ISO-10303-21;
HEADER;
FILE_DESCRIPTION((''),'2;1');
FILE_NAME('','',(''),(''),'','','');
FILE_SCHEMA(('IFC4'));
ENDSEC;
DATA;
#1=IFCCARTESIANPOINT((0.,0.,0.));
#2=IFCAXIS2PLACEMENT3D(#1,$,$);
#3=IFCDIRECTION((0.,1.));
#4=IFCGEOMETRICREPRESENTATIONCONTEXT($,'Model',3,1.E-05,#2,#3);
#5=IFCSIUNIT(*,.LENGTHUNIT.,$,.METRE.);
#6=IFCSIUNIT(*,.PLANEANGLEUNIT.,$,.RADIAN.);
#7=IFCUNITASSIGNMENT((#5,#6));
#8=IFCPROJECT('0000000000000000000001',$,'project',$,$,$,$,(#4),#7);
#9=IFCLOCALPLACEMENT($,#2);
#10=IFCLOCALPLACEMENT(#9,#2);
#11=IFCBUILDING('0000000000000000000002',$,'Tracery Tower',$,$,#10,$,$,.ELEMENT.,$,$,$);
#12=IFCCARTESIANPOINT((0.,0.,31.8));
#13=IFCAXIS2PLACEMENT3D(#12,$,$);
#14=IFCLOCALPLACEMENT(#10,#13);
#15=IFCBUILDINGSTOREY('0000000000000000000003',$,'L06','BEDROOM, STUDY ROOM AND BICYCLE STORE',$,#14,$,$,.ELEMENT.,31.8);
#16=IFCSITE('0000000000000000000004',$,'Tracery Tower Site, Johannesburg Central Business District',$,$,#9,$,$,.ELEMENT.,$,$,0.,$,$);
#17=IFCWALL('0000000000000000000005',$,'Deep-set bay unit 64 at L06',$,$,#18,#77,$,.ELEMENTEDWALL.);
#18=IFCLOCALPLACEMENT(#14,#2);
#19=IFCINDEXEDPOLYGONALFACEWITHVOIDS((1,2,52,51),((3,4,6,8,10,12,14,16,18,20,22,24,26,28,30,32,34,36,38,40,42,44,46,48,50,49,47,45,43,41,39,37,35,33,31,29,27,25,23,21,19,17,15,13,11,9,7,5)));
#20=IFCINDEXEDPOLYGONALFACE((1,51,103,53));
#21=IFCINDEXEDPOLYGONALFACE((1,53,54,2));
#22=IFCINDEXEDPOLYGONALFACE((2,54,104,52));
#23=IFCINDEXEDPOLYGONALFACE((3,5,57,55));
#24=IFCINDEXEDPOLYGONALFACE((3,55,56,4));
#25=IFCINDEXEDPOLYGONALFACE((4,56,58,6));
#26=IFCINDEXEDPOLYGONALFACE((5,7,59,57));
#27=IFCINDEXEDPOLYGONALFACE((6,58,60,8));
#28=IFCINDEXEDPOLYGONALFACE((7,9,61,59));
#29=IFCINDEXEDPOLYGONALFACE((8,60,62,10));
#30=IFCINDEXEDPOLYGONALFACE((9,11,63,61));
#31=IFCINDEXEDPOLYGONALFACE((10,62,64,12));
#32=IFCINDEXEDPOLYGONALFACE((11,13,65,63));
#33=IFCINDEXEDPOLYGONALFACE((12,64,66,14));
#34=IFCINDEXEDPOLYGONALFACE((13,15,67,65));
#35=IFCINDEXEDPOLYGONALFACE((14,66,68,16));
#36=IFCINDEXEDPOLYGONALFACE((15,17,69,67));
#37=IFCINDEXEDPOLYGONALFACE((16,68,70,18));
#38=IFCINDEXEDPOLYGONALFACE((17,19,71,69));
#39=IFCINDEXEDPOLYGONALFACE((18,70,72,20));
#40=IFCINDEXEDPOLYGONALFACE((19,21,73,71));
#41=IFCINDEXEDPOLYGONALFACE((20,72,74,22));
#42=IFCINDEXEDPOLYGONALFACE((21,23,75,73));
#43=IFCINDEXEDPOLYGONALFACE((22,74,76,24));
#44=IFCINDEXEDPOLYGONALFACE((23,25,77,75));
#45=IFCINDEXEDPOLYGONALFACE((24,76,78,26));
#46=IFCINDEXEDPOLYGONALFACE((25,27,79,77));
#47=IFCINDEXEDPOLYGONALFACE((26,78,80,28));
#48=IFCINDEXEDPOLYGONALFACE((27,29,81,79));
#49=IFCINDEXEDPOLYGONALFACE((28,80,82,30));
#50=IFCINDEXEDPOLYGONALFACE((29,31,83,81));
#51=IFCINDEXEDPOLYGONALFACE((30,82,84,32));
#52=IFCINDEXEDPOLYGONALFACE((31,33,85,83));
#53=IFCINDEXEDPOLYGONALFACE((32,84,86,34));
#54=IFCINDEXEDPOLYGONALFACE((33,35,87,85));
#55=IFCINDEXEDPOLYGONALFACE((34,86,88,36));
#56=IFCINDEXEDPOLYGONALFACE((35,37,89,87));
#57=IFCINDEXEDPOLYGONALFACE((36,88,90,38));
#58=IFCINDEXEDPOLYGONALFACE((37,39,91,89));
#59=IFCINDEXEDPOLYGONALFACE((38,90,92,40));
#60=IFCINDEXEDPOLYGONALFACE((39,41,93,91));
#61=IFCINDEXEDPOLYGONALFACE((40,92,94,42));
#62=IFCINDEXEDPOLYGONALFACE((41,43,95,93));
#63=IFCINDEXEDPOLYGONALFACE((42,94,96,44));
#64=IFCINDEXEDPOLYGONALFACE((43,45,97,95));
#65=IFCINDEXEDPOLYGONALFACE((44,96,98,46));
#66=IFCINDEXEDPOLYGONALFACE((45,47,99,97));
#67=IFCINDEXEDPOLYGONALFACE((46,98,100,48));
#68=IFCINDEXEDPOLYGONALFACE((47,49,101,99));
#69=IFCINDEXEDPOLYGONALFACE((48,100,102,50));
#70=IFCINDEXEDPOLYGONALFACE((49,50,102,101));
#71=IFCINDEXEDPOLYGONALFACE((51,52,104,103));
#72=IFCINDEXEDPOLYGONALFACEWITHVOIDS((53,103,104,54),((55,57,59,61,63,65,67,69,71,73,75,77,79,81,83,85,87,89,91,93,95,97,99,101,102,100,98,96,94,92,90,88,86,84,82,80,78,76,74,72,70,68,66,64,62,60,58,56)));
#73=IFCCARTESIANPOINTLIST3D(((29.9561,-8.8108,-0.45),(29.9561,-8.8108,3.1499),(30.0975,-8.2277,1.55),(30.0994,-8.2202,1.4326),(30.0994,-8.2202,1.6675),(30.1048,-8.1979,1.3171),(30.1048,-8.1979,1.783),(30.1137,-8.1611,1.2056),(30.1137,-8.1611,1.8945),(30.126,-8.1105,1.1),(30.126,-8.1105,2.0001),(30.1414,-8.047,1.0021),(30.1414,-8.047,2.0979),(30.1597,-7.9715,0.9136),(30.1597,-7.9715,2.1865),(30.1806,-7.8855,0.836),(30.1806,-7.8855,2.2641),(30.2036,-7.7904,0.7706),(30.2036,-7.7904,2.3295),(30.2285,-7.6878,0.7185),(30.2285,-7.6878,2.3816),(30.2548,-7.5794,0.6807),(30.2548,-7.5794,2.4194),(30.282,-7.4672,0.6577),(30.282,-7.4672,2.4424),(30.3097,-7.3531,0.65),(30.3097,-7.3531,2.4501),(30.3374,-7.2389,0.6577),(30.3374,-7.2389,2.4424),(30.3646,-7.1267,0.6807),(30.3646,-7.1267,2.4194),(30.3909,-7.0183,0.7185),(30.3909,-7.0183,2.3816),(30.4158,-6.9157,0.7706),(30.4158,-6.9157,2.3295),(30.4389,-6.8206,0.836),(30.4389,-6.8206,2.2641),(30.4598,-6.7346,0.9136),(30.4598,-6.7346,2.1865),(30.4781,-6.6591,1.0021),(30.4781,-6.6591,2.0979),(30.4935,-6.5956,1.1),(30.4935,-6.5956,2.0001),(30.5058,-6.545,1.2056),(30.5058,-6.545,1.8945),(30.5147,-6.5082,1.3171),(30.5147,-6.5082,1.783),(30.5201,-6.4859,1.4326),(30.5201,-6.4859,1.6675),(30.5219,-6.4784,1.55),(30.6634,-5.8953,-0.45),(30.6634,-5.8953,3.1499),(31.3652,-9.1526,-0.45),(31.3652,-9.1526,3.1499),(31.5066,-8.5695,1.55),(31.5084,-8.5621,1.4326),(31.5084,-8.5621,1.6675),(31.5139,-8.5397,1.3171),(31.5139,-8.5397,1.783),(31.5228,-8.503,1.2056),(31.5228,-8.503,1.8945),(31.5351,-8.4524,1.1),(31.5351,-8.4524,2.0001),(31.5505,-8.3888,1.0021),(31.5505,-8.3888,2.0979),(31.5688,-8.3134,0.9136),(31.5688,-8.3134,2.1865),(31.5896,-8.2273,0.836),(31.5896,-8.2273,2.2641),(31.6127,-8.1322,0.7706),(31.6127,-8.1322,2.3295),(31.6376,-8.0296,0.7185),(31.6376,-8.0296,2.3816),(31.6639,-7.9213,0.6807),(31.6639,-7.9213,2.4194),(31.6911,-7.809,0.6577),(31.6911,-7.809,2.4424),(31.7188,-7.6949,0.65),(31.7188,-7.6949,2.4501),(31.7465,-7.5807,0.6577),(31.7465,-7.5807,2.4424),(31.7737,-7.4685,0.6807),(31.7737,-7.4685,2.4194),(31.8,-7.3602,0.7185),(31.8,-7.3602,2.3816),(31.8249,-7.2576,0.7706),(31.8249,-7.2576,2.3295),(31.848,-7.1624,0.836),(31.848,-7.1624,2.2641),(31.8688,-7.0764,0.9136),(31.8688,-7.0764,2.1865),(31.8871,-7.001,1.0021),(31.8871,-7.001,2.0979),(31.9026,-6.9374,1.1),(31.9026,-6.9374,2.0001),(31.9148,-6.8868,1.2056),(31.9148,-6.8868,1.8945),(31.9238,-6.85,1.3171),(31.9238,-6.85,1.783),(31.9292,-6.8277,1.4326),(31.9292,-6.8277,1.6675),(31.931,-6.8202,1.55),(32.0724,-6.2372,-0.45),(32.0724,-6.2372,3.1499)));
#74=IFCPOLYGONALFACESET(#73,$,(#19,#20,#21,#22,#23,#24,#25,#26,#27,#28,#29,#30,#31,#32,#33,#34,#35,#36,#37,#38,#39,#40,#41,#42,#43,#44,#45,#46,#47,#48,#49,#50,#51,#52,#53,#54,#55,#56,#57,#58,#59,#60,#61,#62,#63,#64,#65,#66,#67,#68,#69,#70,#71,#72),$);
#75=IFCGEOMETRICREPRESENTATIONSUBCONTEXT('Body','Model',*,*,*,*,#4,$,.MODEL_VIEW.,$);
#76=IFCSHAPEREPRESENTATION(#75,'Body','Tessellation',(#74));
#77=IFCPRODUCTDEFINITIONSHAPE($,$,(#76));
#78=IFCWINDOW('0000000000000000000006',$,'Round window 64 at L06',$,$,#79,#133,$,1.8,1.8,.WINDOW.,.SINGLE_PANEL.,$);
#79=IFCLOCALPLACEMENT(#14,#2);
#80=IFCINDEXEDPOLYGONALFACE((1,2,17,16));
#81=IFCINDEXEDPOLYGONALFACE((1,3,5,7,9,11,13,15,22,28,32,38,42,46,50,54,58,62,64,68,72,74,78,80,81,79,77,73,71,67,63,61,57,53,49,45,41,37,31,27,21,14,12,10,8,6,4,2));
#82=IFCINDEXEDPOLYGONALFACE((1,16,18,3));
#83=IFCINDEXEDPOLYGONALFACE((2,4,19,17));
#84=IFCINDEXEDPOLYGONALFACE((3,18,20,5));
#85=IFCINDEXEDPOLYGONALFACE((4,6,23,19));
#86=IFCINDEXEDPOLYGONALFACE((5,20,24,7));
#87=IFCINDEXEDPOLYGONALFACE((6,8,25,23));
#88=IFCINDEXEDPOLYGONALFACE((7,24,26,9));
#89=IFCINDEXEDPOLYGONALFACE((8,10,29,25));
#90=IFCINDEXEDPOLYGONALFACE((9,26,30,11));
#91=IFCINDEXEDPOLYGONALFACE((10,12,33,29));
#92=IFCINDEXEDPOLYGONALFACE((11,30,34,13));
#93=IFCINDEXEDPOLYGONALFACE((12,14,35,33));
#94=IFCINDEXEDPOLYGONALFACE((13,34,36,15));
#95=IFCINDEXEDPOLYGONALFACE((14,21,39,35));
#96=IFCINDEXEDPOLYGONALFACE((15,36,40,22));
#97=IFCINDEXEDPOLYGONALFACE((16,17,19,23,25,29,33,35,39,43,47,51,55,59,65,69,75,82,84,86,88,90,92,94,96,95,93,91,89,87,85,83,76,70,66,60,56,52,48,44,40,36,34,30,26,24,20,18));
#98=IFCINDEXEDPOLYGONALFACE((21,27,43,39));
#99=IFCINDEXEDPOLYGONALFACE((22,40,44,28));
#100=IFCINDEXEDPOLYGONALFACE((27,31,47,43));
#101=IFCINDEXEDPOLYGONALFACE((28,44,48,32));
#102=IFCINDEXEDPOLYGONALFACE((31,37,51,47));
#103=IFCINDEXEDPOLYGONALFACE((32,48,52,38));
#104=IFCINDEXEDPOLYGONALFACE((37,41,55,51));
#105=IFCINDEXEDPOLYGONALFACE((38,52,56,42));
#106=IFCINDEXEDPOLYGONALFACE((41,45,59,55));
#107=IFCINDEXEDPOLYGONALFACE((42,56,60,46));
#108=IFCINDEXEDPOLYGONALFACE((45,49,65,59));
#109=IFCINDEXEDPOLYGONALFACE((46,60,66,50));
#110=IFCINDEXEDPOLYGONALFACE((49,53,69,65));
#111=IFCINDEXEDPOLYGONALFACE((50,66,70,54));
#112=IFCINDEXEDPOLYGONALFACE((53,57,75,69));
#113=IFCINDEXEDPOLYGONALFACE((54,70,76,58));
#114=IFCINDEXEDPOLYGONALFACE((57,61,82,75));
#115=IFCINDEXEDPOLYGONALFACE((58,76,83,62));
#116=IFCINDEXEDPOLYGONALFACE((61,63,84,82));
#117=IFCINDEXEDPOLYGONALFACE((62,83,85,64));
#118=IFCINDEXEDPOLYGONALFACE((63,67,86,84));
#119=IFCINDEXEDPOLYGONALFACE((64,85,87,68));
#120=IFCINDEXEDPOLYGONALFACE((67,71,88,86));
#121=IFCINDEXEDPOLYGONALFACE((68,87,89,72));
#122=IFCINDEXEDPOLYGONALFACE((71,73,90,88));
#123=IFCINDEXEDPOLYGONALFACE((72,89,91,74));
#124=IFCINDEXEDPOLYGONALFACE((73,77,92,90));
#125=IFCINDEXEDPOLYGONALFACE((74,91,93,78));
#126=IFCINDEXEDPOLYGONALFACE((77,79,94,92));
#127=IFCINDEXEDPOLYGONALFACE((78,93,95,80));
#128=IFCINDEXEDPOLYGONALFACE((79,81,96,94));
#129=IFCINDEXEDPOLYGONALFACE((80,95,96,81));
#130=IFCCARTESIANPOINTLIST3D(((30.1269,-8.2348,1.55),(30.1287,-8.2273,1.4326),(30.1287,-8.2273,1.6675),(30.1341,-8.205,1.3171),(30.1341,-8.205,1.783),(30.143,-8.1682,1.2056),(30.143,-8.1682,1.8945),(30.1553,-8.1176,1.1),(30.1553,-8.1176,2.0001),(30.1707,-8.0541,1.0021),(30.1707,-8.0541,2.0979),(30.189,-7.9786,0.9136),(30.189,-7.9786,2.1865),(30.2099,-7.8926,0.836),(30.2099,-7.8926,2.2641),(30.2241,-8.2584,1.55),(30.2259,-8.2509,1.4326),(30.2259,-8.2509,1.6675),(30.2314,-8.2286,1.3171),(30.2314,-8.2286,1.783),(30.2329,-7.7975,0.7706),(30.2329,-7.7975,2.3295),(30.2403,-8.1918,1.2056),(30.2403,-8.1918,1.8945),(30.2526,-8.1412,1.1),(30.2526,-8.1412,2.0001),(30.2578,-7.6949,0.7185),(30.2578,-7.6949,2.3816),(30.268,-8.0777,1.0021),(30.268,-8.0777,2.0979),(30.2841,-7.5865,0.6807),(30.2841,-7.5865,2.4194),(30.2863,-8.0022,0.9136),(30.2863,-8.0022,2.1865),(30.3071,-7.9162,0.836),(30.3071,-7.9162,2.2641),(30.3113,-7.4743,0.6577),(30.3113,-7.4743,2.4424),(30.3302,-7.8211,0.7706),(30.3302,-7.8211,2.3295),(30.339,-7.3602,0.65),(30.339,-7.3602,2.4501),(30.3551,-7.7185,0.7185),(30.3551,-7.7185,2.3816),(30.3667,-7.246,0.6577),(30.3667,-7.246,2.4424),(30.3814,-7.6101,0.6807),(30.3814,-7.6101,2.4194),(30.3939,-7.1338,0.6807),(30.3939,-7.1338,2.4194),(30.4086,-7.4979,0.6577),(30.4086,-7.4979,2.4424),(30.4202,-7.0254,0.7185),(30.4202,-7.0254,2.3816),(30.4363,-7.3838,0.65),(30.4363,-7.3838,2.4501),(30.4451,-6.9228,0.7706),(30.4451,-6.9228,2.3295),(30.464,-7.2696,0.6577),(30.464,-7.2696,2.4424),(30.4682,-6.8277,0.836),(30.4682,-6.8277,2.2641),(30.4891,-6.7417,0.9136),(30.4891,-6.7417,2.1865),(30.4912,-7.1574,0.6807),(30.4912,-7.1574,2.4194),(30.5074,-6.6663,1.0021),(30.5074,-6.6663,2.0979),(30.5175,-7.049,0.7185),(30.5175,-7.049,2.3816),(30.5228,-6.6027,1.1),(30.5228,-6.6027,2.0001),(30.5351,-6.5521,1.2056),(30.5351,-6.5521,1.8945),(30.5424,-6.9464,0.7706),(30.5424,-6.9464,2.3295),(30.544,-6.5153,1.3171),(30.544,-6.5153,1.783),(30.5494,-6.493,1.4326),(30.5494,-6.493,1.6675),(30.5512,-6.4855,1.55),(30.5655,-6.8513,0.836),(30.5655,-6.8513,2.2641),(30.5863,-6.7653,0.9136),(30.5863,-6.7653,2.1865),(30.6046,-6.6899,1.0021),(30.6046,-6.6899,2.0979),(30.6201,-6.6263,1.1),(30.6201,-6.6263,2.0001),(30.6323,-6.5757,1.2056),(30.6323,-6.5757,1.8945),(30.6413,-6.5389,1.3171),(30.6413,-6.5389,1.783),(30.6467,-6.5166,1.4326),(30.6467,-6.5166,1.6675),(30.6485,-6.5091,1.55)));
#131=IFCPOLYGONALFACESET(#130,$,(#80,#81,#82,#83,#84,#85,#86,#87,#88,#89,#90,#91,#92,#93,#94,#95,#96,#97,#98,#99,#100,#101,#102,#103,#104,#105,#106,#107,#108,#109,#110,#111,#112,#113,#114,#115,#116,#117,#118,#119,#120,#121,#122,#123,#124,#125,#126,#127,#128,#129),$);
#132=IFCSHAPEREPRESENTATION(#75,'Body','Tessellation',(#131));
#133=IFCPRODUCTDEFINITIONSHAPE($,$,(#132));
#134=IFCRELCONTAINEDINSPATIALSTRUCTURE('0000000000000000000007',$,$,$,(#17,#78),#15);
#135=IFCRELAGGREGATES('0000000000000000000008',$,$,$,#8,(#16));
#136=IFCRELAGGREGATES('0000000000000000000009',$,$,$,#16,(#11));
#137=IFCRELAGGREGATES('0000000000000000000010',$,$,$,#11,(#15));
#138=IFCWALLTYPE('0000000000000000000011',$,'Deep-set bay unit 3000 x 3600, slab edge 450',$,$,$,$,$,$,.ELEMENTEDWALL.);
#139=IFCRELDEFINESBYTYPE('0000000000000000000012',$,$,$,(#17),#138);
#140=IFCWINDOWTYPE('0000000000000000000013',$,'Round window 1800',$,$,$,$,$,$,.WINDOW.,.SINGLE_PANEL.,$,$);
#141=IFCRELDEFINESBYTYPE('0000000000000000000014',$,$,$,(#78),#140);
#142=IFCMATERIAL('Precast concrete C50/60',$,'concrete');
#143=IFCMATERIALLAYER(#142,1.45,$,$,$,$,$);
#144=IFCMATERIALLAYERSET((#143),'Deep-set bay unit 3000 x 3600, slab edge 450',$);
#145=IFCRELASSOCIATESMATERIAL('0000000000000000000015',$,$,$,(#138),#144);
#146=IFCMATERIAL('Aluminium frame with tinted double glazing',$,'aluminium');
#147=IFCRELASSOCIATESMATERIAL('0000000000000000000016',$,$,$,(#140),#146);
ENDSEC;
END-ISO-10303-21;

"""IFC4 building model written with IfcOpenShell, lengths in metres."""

from ifc_helpers import new_model, si_unit, direction, frame, frame_2d, origin, origin_2d, place, context, subcontext, project, spatial, rectangle, circle, extrude, material, layer, layer_set, type_object, element, fill, save


model = new_model("IFC4")

# Units and contexts
model_context = context("Model", 3, precision=1e-05, world=origin(), true_north=direction((0.0, 1.0)))
body_context = subcontext(model_context, "Body", "Model", "MODEL_VIEW")
ifc_project = project(units=[si_unit("LENGTHUNIT", "METRE"), si_unit("PLANEANGLEUNIT", "RADIAN")], contexts=[model_context])

# Site, building, storey
site_placement = place(None, origin())
site = spatial("IfcSite", under=ifc_project, at=site_placement, Name="Tracery Tower Site, Johannesburg Central Business District", CompositionType="ELEMENT", RefElevation=0.0)
building_placement = place(site_placement, origin())
building = spatial("IfcBuilding", under=site, at=building_placement, Name="Tracery Tower", CompositionType="ELEMENT")
storey_placement = place(building_placement, frame((0.0, 0.0, 31.8)))
storey = spatial("IfcBuildingStorey", under=building, at=storey_placement, Name="L06", Description="BEDROOM, STUDY ROOM AND BICYCLE STORE", CompositionType="ELEMENT", Elevation=31.8)

# Wall, opening, window
ifc_material_1 = material(Name="Precast concrete C50/60", Category="concrete")
ifc_layer_1 = layer(ifc_material_1, 1.45)
ifc_layer_set_1 = layer_set([ifc_layer_1], Name="Deep-set bay unit 3000 x 3600, slab edge 450")
wall_type_1 = type_object("IfcWallType", Name="Deep-set bay unit 3000 x 3600, slab edge 450", PredefinedType="ELEMENTEDWALL", material=ifc_layer_set_1)
wall_1_placement = place(storey_placement, frame((30.6606, -8.9817, -0.45), z_axis=(0.0, 0.0, 1.0), x_axis=(0.235751, 0.971813, 0.0)))
wall_1 = element("IfcWall", 1, at=wall_1_placement, inside=storey, type_object=wall_type_1, Name="Deep-set bay unit 64 at L06", PredefinedType="ELEMENTEDWALL", context=body_context, shape_type="SweptSolid", body=[
    extrude(rectangle(XDim=3.0, YDim=1.45, at=frame_2d((1.5, 0.0))), origin(), (0.0, 0.0, 1.0), 3.5999),
])
opening_1_placement = place(wall_1_placement, frame((1.5, 0.0, 2.0)))
opening_1 = element("IfcOpeningElement", 2, at=opening_1_placement, cuts=wall_1, PredefinedType="OPENING", context=body_context, shape_type="SweptSolid", body=[
    extrude(circle(Radius=0.9, at=origin_2d()), frame((0.0, 0.7349, 0.0), z_axis=(0.0, -1.0, 0.0), x_axis=(1.0, 0.0, 0.0)), (0.0, 0.0, 1.0), 1.47),
])
ifc_material_2 = material(Name="Aluminium frame with tinted double glazing", Category="aluminium")
window_type = type_object("IfcWindowType", Name="Round window 1800", PartitioningType="SINGLE_PANEL", PredefinedType="WINDOW", material=ifc_material_2)
window_1_placement = place(opening_1_placement, origin())
window_1 = element("IfcWindow", 3, at=window_1_placement, inside=storey, type_object=window_type, Name="Round window 64 at L06", OverallHeight=1.8, OverallWidth=1.8, PartitioningType="SINGLE_PANEL", PredefinedType="WINDOW", context=body_context, shape_type="SweptSolid", body=[
    extrude(circle(Radius=0.9, at=origin_2d()), frame((0.0, 0.6948, 0.0), z_axis=(0.0, -1.0, 0.0), x_axis=(1.0, 0.0, 0.0)), (0.0, 0.0, 1.0), 0.1001),
])
fill(opening_1, window_1)

save(model, "model.ifc")
